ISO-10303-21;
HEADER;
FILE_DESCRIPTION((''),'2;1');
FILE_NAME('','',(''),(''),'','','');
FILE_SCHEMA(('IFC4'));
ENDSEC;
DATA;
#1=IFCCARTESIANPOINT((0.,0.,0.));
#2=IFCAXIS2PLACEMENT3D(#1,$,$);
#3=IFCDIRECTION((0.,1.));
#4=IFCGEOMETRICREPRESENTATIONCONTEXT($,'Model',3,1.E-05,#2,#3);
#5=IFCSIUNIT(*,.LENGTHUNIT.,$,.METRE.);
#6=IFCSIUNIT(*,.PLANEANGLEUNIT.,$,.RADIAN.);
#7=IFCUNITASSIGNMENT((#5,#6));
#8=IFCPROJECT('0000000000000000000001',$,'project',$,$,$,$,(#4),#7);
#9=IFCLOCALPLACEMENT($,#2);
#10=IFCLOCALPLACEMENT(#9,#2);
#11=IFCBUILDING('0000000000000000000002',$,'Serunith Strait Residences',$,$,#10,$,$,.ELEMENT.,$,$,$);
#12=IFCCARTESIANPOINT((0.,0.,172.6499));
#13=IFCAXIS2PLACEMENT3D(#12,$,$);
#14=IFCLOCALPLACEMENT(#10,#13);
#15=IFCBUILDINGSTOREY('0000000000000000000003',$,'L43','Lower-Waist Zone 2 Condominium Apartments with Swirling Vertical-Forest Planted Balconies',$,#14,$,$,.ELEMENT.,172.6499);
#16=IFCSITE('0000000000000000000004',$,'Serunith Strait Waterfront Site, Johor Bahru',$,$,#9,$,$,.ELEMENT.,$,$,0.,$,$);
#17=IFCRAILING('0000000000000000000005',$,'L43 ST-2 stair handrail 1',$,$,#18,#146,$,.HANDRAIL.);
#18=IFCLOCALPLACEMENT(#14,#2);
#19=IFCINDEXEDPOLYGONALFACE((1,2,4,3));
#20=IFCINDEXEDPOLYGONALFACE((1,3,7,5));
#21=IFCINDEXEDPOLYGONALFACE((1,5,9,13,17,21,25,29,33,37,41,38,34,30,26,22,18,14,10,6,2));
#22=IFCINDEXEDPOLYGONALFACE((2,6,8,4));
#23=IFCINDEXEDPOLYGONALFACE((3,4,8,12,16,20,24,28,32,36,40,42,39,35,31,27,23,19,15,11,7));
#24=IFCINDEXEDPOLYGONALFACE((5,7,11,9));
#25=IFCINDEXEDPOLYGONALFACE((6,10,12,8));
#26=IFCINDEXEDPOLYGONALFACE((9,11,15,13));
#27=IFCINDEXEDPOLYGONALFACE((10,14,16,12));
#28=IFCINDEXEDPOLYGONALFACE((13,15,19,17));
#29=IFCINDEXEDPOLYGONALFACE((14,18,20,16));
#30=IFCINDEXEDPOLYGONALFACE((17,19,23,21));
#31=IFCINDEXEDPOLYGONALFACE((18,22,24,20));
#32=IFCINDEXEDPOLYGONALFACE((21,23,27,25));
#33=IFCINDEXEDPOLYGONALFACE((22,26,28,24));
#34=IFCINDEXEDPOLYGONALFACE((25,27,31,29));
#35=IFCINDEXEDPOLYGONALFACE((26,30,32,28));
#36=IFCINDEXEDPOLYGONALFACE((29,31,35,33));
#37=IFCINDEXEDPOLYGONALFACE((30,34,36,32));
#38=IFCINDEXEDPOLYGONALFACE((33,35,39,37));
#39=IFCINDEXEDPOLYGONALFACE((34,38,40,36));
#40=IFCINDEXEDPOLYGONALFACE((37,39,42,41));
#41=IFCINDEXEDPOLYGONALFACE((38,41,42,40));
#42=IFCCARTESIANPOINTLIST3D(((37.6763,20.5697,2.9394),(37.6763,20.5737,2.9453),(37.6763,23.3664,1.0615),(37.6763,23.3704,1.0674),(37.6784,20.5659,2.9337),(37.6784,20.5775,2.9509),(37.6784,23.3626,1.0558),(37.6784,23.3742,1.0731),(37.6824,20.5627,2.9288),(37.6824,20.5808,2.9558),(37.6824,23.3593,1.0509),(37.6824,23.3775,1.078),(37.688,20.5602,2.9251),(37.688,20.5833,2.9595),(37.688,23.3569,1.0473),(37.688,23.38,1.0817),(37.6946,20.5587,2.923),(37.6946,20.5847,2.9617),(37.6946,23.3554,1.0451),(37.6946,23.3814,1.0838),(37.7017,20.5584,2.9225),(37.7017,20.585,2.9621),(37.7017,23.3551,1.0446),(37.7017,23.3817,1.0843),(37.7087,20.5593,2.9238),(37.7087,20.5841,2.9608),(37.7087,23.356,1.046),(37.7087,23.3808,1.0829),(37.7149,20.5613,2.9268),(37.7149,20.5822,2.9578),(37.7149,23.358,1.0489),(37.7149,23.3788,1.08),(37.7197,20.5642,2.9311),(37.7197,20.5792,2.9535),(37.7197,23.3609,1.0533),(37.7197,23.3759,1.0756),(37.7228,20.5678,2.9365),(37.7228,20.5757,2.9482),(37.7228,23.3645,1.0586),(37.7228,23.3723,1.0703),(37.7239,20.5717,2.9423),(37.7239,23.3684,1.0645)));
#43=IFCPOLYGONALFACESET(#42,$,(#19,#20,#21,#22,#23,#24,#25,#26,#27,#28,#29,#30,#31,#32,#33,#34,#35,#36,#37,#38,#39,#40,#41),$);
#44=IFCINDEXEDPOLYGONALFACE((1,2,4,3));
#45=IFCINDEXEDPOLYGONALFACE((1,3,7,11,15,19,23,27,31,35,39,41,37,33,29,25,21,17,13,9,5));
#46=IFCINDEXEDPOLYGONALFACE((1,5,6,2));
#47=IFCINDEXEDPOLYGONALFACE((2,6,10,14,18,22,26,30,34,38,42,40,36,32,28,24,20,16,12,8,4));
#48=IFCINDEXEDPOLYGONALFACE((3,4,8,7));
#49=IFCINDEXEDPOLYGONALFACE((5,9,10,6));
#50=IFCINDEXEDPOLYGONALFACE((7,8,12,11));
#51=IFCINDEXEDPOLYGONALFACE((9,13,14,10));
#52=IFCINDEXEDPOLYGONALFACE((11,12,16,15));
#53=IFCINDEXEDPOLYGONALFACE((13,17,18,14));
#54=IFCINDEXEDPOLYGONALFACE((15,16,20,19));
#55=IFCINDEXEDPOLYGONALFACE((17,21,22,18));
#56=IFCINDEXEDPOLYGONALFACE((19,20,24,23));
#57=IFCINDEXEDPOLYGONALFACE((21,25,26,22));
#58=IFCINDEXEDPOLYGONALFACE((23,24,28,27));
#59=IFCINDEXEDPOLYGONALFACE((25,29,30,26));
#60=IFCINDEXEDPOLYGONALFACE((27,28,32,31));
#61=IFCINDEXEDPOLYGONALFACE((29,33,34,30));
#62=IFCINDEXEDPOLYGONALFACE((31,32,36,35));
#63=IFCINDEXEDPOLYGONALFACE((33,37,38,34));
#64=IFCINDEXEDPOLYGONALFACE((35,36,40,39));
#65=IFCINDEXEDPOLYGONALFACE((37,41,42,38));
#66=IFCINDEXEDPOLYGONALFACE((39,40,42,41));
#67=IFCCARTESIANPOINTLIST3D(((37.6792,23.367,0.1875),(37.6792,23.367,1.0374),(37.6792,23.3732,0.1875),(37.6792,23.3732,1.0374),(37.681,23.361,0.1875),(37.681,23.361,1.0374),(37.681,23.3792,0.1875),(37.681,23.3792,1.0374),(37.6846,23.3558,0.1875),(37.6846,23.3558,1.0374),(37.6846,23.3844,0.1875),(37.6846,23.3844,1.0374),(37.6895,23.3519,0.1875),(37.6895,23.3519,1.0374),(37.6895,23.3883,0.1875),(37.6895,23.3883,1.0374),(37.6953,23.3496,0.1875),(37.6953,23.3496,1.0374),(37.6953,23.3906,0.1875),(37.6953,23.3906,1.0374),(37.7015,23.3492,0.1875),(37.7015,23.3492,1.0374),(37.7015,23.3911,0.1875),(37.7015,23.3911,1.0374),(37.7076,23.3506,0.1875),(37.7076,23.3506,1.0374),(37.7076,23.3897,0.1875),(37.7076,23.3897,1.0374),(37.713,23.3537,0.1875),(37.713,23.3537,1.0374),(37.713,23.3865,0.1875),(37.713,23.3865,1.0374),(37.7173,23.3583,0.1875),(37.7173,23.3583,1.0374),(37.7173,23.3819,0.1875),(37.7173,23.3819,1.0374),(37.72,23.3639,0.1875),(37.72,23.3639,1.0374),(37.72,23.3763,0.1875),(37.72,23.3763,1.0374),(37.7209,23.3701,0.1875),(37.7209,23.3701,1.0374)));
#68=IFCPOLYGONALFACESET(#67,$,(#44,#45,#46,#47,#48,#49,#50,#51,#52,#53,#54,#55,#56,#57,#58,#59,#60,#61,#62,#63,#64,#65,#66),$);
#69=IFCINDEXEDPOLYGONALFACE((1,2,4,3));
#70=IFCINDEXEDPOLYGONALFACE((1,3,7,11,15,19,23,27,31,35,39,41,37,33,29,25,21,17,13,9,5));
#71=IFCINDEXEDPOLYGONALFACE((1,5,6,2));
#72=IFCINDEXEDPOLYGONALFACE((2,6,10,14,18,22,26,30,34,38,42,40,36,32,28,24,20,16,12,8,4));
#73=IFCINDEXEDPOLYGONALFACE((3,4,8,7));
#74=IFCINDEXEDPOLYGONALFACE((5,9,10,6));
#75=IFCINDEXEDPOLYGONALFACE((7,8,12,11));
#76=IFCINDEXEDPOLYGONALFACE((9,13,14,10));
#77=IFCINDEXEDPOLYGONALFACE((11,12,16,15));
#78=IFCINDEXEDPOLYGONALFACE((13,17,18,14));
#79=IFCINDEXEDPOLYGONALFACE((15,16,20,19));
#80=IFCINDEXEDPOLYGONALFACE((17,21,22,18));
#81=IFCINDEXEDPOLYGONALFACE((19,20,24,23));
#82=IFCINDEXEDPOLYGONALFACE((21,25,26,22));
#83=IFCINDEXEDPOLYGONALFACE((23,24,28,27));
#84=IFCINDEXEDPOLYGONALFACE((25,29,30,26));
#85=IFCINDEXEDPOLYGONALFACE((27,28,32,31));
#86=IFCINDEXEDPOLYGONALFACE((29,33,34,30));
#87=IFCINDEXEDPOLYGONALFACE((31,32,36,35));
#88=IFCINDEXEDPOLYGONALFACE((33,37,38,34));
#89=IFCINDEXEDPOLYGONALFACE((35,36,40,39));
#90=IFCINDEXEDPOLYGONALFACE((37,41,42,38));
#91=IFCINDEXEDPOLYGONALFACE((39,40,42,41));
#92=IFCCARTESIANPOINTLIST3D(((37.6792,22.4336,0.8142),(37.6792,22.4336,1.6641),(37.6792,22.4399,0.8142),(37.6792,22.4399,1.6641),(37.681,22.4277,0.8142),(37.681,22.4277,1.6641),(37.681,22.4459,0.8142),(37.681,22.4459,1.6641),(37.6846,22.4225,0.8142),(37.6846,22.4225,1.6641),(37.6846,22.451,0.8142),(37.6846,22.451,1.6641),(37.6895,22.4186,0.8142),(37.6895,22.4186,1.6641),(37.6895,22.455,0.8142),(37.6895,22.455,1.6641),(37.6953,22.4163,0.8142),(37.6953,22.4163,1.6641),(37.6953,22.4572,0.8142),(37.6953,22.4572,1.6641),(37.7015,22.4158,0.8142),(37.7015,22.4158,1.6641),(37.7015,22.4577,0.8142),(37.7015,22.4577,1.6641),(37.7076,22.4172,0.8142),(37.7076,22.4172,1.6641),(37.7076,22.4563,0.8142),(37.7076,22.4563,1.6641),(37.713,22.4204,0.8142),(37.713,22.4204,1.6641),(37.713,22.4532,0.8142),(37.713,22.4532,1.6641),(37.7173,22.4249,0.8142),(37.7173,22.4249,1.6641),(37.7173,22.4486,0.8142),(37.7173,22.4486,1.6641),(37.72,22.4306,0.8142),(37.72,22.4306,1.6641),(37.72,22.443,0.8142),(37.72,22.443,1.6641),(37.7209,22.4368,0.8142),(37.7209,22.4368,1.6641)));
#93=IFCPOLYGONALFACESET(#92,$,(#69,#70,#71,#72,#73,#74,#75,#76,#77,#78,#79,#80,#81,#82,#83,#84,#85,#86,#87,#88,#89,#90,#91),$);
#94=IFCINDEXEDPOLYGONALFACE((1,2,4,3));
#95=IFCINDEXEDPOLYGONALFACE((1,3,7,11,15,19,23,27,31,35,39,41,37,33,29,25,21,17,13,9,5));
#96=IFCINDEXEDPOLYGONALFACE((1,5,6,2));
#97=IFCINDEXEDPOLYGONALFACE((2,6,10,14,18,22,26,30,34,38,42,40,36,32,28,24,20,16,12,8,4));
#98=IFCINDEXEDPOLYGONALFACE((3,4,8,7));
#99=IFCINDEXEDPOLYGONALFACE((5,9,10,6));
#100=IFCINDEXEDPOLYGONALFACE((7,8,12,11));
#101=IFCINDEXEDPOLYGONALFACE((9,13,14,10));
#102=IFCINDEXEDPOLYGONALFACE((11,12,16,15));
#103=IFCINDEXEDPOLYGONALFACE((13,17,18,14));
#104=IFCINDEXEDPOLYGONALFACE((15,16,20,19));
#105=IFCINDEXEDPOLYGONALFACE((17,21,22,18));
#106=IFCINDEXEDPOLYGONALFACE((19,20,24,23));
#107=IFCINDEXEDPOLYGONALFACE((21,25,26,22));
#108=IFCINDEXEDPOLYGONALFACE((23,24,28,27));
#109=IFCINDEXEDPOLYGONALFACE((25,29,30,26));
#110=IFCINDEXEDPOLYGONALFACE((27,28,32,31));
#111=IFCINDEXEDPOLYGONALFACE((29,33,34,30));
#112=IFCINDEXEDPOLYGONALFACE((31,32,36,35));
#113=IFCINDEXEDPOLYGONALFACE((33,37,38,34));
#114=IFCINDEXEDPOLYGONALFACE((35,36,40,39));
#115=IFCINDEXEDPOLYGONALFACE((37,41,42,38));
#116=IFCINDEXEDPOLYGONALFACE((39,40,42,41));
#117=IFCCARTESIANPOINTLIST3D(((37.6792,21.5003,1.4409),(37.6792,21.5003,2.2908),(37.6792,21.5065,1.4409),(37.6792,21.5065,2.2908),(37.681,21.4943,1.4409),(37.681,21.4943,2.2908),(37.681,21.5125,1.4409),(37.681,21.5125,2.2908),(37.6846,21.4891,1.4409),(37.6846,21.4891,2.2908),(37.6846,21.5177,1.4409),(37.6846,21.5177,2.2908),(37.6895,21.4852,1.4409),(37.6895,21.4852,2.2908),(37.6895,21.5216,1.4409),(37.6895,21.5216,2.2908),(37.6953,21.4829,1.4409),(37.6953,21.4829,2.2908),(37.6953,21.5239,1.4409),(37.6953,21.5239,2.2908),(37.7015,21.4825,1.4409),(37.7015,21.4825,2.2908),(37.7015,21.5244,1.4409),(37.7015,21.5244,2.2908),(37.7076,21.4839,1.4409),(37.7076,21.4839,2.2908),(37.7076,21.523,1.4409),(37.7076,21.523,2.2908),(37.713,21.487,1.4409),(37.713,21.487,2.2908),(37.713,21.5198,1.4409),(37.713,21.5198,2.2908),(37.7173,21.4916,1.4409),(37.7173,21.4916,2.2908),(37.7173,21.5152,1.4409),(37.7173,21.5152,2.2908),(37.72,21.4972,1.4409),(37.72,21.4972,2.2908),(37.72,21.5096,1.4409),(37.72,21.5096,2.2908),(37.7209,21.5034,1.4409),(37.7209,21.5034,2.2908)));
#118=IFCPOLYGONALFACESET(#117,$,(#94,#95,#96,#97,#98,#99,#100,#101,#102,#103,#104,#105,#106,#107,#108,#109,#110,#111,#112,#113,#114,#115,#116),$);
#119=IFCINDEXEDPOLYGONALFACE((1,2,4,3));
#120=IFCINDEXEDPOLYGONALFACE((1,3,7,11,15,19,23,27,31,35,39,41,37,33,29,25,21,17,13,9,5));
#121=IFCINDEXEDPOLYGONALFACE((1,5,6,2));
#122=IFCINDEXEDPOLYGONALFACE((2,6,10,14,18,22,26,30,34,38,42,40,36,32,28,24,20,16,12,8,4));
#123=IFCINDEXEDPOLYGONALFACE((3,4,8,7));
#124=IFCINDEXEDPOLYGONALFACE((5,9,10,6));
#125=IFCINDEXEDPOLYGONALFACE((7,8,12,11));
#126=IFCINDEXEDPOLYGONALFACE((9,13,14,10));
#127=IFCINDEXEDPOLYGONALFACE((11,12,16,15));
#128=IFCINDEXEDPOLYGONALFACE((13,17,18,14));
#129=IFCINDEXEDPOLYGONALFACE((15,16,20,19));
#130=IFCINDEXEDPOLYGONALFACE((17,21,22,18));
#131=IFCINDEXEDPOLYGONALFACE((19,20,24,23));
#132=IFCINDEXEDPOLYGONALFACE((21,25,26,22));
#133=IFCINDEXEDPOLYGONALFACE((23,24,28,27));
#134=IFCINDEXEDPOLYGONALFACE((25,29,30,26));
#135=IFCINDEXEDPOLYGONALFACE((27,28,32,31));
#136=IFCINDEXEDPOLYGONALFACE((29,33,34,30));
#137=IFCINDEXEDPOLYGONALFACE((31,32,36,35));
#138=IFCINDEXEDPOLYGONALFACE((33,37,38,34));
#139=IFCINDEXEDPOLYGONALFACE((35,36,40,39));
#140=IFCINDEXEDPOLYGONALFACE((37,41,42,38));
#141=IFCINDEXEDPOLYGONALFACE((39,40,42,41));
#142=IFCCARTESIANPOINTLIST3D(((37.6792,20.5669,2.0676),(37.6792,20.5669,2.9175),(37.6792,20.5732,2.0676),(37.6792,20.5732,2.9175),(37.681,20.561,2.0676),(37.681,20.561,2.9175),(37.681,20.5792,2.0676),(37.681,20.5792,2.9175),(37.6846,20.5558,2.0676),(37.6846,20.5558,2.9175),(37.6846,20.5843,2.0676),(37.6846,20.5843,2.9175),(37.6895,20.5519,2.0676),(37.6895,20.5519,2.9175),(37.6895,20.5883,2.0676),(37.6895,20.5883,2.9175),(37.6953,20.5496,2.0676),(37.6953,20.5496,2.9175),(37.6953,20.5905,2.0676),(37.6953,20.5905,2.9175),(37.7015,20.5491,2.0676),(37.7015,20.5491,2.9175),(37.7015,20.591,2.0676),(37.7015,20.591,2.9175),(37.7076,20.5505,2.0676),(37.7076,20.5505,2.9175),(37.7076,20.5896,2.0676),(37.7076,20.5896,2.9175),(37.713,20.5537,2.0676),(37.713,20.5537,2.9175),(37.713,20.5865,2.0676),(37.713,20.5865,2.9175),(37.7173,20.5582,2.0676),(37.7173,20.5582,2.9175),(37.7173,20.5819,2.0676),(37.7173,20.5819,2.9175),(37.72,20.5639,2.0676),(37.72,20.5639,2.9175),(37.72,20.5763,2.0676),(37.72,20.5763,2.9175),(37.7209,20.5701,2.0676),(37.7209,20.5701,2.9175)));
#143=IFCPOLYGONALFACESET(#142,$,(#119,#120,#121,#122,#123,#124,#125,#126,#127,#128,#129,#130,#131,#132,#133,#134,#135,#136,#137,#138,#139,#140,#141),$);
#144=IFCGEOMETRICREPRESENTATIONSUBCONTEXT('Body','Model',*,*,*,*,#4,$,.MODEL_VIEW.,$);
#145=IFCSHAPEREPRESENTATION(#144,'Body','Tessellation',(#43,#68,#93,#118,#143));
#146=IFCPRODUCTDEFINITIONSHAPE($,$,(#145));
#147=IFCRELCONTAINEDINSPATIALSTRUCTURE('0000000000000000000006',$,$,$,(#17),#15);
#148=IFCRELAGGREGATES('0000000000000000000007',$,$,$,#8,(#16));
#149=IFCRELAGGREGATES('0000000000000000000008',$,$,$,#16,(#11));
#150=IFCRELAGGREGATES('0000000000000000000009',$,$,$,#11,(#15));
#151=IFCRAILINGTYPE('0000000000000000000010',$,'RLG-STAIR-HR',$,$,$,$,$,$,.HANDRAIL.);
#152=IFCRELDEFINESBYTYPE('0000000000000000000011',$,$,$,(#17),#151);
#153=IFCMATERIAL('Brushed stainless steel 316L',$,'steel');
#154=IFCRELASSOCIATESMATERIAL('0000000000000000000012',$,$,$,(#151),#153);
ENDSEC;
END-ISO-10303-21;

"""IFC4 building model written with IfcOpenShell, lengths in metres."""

from ifc_helpers import new_model, si_unit, direction, frame, origin, origin_2d, place, context, subcontext, project, spatial, circle, extrude, material, type_object, element, save


model = new_model("IFC4")

# Units and contexts
model_context = context("Model", 3, precision=1e-05, world=origin(), true_north=direction((0.0, 1.0)))
body_context = subcontext(model_context, "Body", "Model", "MODEL_VIEW")
ifc_project = project(units=[si_unit("LENGTHUNIT", "METRE"), si_unit("PLANEANGLEUNIT", "RADIAN")], contexts=[model_context])

# Site, building, storey
site_placement = place(None, origin())
site = spatial("IfcSite", under=ifc_project, at=site_placement, Name="Serunith Strait Waterfront Site, Johor Bahru", CompositionType="ELEMENT", RefElevation=0.0)
building_placement = place(site_placement, origin())
building = spatial("IfcBuilding", under=site, at=building_placement, Name="Serunith Strait Residences", CompositionType="ELEMENT")
storey_placement = place(building_placement, frame((0.0, 0.0, 172.6499)))
storey = spatial("IfcBuildingStorey", under=building, at=storey_placement, Name="L43", Description="Lower-Waist Zone 2 Condominium Apartments with Swirling Vertical-Forest Planted Balconies", CompositionType="ELEMENT", Elevation=172.6499)

# Railing
ifc_material_1 = material(Name="Brushed stainless steel 316L", Category="steel")
railing_type_1 = type_object("IfcRailingType", Name="RLG-STAIR-HR", PredefinedType="HANDRAIL", material=ifc_material_1)
railing_1_placement = place(storey_placement, frame((37.7, 23.3701, 0.1875)))
element("IfcRailing", 1, at=railing_1_placement, inside=storey, type_object=railing_type_1, Name="L43 ST-2 stair handrail 1", PredefinedType="HANDRAIL", context=body_context, shape_type="SweptSolid", body=[
    extrude(circle(Radius=0.0239, at=origin_2d()), frame((0.0, -0.0017, 0.877), z_axis=(0.0, -0.830208, 0.557453), x_axis=(1.0, 0.0, 0.0)), (0.0, 0.0, 1.0), 3.3687),
    extrude(circle(Radius=0.021, at=origin_2d()), origin(), (0.0, 0.0, 1.0), 0.8499),
    extrude(circle(Radius=0.021, at=origin_2d()), frame((0.0, -0.9333, 0.6267)), (0.0, 0.0, 1.0), 0.8499),
    extrude(circle(Radius=0.021, at=origin_2d()), frame((0.0, -1.8667, 1.2534)), (0.0, 0.0, 1.0), 0.8499),
    extrude(circle(Radius=0.021, at=origin_2d()), frame((0.0, -2.8, 1.8801)), (0.0, 0.0, 1.0), 0.8499),
])

save(model, "model.ifc")
